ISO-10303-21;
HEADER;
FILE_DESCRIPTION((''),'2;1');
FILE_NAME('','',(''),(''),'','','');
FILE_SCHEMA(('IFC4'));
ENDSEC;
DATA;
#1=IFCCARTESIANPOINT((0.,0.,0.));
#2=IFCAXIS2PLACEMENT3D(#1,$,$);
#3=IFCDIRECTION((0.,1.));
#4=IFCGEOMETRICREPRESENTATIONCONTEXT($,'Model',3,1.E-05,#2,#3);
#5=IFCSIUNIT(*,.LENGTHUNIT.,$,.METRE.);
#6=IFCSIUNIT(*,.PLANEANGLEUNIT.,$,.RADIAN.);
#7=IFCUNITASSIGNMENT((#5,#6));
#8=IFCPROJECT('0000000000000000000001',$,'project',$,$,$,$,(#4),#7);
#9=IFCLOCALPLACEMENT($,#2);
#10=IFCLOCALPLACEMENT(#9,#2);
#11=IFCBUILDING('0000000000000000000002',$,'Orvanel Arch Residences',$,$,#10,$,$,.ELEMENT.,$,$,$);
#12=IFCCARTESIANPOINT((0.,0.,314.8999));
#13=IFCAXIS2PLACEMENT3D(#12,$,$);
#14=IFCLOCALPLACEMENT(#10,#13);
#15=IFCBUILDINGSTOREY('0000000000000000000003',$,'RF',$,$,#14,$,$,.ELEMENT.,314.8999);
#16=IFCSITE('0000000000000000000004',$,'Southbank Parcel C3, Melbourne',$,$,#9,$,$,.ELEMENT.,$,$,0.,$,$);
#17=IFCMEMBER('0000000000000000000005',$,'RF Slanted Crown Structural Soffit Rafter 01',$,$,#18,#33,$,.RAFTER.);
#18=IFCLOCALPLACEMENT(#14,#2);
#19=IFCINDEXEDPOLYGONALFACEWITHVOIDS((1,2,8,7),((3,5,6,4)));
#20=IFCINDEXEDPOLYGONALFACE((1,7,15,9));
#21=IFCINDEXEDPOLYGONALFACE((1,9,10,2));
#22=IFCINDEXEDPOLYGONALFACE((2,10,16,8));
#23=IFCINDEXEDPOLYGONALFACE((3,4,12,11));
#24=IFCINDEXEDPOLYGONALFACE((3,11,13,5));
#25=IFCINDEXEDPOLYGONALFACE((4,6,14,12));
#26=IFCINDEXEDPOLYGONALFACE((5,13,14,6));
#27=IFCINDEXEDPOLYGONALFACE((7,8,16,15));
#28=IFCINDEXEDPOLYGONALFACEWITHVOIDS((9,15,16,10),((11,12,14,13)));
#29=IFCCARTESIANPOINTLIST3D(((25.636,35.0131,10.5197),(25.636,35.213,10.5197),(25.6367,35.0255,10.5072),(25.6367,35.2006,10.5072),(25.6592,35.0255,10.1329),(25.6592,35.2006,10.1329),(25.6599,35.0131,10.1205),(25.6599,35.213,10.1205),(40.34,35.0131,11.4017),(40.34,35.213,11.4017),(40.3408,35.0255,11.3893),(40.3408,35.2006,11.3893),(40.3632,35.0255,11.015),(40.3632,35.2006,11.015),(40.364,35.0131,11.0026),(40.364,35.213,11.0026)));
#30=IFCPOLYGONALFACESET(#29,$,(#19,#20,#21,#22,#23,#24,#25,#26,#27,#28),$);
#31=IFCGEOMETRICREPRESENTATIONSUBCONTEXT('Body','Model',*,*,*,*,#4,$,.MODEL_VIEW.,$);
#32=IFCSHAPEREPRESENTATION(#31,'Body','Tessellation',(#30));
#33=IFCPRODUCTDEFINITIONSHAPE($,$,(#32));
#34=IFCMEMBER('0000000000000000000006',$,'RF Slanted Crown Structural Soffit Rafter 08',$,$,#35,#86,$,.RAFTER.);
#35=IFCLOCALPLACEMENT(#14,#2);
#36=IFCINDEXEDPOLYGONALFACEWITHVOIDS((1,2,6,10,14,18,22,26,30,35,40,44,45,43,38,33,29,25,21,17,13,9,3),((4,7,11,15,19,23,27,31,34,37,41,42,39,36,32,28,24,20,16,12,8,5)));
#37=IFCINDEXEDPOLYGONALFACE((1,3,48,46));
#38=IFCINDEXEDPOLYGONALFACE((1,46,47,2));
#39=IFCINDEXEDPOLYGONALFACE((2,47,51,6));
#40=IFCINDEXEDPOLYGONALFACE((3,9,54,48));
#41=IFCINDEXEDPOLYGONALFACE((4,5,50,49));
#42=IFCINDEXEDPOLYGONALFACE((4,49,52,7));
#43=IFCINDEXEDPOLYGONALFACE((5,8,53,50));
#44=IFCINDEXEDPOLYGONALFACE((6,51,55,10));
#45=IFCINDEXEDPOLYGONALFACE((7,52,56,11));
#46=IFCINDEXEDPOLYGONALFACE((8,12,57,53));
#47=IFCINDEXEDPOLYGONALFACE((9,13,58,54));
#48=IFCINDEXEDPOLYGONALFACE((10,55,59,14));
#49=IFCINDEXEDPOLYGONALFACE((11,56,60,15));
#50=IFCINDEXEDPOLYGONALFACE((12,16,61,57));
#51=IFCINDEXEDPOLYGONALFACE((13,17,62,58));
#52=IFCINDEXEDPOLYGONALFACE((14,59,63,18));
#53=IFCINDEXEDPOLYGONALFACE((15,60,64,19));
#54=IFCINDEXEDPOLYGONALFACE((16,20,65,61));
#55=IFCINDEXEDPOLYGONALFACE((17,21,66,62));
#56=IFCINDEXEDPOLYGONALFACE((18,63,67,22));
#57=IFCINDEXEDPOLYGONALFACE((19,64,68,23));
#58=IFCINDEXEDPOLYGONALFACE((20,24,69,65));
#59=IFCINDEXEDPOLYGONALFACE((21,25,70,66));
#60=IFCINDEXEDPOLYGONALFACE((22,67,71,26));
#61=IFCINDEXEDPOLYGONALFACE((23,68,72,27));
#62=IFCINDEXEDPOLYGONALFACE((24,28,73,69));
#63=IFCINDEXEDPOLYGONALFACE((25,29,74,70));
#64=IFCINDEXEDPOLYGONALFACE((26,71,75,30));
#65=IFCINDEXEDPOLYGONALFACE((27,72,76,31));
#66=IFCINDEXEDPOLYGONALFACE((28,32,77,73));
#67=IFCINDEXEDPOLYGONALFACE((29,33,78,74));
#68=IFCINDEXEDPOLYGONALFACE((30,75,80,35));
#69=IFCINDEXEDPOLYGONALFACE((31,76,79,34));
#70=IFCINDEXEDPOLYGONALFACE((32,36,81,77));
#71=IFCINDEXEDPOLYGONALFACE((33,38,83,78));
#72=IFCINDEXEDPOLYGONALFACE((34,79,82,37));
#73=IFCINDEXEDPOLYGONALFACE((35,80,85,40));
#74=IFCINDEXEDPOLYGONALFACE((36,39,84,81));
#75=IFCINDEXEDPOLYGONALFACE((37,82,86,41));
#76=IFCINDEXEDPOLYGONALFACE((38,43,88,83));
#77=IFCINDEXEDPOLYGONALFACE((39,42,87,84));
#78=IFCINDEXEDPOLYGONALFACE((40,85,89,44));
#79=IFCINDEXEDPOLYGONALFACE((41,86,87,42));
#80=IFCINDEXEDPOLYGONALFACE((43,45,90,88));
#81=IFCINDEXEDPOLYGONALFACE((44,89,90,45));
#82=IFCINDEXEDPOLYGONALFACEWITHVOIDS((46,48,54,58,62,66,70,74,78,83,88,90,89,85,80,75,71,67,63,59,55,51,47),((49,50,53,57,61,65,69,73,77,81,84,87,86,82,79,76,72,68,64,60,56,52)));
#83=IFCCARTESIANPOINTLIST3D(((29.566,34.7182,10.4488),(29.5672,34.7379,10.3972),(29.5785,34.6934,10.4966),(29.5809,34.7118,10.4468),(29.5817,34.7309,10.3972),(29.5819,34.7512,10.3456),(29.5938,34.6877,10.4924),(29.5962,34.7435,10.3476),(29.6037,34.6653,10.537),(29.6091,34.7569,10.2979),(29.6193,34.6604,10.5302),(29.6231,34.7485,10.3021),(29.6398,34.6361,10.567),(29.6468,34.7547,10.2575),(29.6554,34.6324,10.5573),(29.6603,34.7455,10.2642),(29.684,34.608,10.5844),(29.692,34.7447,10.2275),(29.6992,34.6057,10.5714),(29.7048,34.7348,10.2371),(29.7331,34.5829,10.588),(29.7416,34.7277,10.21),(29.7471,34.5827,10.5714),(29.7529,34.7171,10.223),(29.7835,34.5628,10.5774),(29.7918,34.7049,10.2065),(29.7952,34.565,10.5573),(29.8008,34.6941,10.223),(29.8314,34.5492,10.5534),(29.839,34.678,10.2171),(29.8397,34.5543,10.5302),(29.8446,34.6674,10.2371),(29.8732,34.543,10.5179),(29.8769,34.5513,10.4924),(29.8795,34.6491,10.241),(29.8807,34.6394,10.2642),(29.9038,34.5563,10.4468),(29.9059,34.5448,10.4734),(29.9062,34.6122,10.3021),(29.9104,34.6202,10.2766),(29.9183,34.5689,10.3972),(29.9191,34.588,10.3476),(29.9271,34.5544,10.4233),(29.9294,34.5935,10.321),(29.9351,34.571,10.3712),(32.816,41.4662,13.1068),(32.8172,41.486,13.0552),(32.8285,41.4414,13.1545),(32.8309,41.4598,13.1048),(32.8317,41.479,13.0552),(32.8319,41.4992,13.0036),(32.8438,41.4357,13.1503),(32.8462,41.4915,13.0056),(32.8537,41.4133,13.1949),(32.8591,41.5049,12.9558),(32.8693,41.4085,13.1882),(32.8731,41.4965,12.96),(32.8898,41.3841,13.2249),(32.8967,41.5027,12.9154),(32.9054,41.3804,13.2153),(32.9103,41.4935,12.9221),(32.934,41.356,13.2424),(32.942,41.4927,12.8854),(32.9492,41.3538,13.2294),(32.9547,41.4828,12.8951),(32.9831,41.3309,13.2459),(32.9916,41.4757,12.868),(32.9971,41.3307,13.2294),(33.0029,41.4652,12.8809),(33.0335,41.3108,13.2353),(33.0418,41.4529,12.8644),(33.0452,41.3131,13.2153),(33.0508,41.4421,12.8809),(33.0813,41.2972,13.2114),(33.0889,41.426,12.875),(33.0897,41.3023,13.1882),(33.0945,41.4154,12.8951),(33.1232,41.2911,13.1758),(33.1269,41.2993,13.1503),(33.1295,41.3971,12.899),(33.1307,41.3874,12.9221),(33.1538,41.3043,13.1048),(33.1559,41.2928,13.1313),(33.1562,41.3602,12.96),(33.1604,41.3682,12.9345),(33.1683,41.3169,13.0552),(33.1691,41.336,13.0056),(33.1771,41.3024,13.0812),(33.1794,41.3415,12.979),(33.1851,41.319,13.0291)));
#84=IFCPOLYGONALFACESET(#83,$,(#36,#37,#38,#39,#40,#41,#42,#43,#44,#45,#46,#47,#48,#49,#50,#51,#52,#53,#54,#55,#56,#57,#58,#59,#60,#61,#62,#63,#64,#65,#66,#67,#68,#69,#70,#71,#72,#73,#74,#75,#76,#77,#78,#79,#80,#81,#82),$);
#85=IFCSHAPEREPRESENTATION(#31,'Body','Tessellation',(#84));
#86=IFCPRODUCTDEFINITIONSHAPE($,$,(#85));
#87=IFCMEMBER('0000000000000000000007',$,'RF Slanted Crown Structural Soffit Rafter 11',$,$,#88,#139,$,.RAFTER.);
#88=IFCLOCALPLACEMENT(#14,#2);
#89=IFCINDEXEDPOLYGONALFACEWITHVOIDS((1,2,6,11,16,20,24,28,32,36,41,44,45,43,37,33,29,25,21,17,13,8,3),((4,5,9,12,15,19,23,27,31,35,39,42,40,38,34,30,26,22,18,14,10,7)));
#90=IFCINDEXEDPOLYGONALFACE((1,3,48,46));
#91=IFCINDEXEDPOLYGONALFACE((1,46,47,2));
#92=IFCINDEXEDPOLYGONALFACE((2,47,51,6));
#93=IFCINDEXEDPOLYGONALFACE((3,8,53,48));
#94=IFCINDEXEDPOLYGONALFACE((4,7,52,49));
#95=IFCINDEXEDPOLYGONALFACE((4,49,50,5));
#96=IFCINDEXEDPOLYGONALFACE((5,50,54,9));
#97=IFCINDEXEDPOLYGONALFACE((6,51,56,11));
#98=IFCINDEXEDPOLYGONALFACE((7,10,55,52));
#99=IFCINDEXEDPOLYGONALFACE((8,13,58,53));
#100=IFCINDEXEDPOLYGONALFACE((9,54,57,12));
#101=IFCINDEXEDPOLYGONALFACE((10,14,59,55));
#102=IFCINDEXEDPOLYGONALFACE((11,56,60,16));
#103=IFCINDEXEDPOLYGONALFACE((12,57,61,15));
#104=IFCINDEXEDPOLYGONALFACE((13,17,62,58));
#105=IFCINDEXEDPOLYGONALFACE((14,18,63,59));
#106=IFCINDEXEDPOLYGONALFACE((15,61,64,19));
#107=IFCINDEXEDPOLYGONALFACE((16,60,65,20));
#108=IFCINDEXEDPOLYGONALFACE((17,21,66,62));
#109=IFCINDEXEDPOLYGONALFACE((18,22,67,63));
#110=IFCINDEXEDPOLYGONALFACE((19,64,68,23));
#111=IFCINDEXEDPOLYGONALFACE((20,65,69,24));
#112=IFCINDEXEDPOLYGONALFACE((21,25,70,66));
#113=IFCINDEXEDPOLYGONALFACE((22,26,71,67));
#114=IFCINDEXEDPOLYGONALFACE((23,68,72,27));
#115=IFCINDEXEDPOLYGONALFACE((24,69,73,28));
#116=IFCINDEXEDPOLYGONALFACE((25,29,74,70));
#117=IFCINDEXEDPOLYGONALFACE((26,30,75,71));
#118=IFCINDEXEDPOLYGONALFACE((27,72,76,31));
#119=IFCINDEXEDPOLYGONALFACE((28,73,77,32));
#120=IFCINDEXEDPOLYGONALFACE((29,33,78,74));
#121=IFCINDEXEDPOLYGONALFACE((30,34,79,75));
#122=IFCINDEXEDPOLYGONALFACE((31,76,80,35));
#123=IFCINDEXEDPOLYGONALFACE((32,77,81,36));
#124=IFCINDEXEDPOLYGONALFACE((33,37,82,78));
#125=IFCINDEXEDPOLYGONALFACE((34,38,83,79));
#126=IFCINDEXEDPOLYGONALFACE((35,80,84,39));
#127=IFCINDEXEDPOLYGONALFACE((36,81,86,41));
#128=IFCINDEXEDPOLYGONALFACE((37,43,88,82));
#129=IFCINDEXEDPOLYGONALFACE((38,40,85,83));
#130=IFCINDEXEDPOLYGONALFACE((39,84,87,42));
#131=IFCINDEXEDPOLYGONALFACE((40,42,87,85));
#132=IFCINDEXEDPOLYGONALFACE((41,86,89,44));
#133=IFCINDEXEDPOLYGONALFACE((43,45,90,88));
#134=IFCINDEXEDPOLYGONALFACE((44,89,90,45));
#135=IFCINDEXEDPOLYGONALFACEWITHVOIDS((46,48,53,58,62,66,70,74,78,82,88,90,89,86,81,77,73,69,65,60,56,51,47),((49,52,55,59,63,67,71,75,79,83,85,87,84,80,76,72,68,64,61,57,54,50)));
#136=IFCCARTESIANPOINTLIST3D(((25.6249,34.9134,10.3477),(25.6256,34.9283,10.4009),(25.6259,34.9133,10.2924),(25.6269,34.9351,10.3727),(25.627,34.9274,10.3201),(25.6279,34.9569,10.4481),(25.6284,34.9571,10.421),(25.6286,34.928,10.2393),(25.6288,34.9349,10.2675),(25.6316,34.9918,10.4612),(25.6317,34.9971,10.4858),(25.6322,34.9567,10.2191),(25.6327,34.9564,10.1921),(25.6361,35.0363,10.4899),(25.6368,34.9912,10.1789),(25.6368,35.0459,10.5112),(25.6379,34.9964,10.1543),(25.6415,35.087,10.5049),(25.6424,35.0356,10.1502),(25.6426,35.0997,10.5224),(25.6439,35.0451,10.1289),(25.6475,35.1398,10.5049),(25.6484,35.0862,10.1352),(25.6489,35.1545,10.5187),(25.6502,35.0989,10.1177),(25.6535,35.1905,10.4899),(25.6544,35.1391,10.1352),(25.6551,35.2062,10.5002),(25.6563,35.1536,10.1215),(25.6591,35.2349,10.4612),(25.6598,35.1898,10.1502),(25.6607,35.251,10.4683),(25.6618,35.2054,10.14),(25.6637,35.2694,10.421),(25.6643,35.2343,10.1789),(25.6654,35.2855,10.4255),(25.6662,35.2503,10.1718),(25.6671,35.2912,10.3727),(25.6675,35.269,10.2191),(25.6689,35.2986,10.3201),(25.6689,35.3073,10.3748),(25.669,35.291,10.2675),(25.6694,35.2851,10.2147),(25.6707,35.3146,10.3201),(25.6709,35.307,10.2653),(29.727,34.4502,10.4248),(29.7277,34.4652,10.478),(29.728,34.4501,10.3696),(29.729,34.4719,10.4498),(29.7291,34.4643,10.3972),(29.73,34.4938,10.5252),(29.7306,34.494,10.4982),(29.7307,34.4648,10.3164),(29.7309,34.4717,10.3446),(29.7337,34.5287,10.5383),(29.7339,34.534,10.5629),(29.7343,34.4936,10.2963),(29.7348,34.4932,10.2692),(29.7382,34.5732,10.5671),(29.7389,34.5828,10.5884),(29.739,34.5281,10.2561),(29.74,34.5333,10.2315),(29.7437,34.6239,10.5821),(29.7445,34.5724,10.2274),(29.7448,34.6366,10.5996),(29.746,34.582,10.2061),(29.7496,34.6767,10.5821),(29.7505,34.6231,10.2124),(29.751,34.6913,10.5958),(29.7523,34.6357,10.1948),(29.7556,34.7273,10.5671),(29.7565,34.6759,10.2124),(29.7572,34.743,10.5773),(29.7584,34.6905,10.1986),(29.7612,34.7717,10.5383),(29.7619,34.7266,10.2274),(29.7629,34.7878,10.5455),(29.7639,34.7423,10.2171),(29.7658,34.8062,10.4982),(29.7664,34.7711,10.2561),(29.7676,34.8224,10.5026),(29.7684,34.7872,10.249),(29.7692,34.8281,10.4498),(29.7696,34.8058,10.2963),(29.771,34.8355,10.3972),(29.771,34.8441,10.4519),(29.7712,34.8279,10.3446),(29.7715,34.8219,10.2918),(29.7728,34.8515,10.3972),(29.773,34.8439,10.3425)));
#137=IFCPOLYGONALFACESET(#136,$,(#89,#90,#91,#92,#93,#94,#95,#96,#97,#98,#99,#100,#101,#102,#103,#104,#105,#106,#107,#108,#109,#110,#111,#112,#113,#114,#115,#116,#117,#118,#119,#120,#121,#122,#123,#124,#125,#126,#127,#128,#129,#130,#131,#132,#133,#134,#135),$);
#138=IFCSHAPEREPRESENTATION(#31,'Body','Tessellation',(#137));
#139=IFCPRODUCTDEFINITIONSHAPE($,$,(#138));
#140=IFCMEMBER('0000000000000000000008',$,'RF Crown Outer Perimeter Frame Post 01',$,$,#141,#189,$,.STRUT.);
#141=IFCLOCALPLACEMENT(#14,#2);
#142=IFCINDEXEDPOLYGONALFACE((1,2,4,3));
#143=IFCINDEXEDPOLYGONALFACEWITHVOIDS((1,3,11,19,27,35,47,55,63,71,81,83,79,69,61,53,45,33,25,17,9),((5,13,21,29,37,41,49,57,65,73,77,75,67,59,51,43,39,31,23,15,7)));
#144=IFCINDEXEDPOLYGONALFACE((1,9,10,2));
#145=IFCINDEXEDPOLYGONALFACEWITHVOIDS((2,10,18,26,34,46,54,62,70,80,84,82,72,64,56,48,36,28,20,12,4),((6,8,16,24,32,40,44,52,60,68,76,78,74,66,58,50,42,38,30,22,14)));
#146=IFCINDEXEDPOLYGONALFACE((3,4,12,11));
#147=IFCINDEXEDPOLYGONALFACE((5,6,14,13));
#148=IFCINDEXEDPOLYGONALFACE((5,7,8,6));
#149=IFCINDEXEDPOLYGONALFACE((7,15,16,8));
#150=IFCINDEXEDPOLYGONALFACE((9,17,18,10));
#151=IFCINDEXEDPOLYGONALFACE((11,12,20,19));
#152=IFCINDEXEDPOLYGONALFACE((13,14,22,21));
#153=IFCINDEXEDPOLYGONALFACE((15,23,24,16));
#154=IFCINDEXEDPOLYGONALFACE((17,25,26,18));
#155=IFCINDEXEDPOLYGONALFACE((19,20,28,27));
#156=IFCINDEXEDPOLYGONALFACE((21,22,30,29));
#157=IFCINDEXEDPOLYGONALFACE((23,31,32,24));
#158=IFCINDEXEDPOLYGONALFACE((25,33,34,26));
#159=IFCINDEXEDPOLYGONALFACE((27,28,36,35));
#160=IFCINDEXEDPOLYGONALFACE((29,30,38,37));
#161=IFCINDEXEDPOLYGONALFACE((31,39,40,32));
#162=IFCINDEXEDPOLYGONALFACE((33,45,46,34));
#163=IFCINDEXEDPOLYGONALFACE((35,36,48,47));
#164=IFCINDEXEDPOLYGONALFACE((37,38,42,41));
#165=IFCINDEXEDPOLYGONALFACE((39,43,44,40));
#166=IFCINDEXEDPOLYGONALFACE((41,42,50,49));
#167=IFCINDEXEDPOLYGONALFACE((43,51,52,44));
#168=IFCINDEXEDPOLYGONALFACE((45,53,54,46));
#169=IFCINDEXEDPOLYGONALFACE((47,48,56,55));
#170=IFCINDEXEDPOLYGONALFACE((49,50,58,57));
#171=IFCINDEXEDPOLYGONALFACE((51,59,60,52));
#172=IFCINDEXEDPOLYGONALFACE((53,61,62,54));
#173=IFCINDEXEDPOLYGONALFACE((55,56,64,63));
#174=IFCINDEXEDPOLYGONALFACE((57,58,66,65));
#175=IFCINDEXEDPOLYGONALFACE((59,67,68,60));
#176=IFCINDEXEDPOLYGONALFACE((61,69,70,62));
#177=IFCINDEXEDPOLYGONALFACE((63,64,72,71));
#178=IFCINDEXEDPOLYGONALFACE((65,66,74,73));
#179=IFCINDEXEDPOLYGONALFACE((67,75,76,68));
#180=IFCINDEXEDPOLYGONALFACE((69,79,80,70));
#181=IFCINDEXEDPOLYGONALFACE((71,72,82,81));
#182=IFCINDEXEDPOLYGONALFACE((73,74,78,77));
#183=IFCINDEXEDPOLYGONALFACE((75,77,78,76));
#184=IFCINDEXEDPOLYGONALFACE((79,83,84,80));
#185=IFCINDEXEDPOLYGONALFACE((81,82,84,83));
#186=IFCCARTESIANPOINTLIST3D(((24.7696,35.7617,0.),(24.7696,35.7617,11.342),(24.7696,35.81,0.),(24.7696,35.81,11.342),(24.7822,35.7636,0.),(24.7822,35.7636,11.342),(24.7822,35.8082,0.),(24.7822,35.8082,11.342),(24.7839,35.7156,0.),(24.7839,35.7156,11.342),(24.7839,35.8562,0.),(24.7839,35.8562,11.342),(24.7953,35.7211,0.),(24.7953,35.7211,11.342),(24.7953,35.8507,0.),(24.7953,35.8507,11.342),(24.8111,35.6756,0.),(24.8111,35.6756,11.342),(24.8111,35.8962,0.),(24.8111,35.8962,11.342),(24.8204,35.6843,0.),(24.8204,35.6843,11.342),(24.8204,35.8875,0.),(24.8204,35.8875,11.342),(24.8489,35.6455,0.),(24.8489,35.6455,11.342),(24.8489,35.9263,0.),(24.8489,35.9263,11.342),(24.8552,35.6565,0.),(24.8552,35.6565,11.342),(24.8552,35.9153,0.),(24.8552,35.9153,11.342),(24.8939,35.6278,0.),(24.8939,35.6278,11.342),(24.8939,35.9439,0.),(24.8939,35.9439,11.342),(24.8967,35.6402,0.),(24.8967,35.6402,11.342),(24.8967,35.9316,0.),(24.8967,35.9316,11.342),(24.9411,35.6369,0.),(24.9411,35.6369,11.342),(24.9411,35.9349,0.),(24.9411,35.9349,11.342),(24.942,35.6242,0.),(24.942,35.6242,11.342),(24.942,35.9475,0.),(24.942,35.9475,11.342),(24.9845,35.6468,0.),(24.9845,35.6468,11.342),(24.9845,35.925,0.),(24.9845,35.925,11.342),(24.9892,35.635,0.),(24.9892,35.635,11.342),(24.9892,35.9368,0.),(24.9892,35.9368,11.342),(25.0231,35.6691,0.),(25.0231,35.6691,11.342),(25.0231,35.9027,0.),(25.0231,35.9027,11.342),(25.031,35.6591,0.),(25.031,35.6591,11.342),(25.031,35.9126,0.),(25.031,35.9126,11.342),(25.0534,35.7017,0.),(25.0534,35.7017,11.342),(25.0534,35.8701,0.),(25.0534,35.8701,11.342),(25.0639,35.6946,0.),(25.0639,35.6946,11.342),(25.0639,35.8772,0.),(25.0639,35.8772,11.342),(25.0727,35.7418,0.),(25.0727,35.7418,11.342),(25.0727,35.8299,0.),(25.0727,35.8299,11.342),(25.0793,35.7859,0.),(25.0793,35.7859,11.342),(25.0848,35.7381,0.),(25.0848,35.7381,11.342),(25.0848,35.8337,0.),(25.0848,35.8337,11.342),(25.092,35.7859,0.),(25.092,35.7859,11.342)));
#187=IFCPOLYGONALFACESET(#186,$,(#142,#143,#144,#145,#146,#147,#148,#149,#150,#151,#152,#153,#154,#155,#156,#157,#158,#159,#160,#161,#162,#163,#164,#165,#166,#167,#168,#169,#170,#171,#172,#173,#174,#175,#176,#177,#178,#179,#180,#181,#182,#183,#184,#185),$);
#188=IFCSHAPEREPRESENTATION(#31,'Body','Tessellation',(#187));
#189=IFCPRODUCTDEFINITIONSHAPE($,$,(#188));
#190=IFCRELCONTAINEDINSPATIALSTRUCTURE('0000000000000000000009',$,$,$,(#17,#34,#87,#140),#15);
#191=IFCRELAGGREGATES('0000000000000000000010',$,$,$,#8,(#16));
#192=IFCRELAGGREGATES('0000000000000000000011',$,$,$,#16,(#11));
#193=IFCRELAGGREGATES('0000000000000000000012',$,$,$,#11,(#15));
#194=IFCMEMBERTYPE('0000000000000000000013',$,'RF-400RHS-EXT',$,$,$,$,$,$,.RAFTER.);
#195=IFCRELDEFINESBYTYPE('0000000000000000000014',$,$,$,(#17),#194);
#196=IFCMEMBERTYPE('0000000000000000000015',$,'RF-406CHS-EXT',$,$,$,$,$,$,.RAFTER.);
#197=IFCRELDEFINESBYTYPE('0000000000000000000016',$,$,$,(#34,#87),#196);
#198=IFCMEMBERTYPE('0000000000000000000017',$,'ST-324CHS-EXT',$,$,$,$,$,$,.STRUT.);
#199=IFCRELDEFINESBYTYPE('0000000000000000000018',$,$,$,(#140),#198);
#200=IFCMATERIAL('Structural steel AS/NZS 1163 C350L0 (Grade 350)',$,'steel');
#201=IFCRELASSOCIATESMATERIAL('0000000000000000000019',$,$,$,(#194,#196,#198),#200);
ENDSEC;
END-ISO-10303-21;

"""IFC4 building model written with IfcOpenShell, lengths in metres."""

from ifc_helpers import new_model, si_unit, direction, frame, origin, origin_2d, place, context, subcontext, project, spatial, hollow_rectangle, hollow_circle, extrude, material, material_profile, profile_set, type_object, element, save


model = new_model("IFC4")

# Units and contexts
model_context = context("Model", 3, precision=1e-05, world=origin(), true_north=direction((0.0, 1.0)))
body_context = subcontext(model_context, "Body", "Model", "MODEL_VIEW")
ifc_project = project(units=[si_unit("LENGTHUNIT", "METRE"), si_unit("PLANEANGLEUNIT", "RADIAN")], contexts=[model_context])

# Site, building, storey
site_placement = place(None, origin())
site = spatial("IfcSite", under=ifc_project, at=site_placement, Name="Southbank Parcel C3, Melbourne", CompositionType="ELEMENT", RefElevation=0.0)
building_placement = place(site_placement, origin())
building = spatial("IfcBuilding", under=site, at=building_placement, Name="Orvanel Arch Residences", CompositionType="ELEMENT")
storey_placement = place(building_placement, frame((0.0, 0.0, 314.8999)))
storey = spatial("IfcBuildingStorey", under=building, at=storey_placement, Name="RF", CompositionType="ELEMENT", Elevation=314.8999)

# Members
ifc_material_1 = material(Name="Structural steel AS/NZS 1163 C350L0 (Grade 350)", Category="steel")
ifc_material_profile_1 = material_profile(ifc_material_1, hollow_rectangle(XDim=0.2, YDim=0.3999, WallThickness=0.0125, at=origin_2d()), Name="RHS400x200x12.5")
ifc_profile_set_1 = profile_set([ifc_material_profile_1], Name="Structural steel AS/NZS 1163 C350L0 (Grade 350)")
member_type_1 = type_object("IfcMemberType", Name="RF-400RHS-EXT", PredefinedType="RAFTER", material=ifc_profile_set_1)
member_1_placement = place(storey_placement, frame((25.6479, 35.113, 10.3201), z_axis=(0.998206, 0.0, 0.059881), x_axis=(0.0, 1.0, 0.0)))
element("IfcMember", 1, at=member_1_placement, inside=storey, type_object=member_type_1, Name="RF Slanted Crown Structural Soffit Rafter 01", PredefinedType="RAFTER", context=body_context, shape_type="SweptSolid", body=[
    extrude(hollow_rectangle(XDim=0.2, YDim=0.3999, WallThickness=0.0125, at=origin_2d()), origin(), (0.0, 0.0, 1.0), 14.7305),
])
ifc_material_profile_2 = material_profile(ifc_material_1, hollow_circle(Radius=0.2029, WallThickness=0.0161, at=origin_2d()), Name="CHS406x16")
ifc_profile_set_2 = profile_set([ifc_material_profile_2], Name="Structural steel AS/NZS 1163 C350L0 (Grade 350)")
member_type_2 = type_object("IfcMemberType", Name="RF-406CHS-EXT", PredefinedType="RAFTER", material=ifc_profile_set_2)
member_2_placement = place(storey_placement, frame((29.75, 34.6499, 10.3972), z_axis=(0.408932, 0.849074, 0.334438), x_axis=(-0.900953, 0.433918, 0.0)))
element("IfcMember", 2, at=member_2_placement, inside=storey, type_object=member_type_2, Name="RF Slanted Crown Structural Soffit Rafter 08", PredefinedType="RAFTER", context=body_context, shape_type="SweptSolid", body=[
    extrude(hollow_circle(Radius=0.2029, WallThickness=0.0161, at=origin_2d()), origin(), (0.0, 0.0, 1.0), 7.9475),
])
member_3_placement = place(storey_placement, frame((25.6479, 35.113, 10.3201), z_axis=(0.993513, -0.112171, 0.018685), x_axis=(0.11219, 0.993687, 0.0)))
element("IfcMember", 3, at=member_3_placement, inside=storey, type_object=member_type_2, Name="RF Slanted Crown Structural Soffit Rafter 11", PredefinedType="RAFTER", context=body_context, shape_type="SweptSolid", body=[
    extrude(hollow_circle(Radius=0.2029, WallThickness=0.0161, at=origin_2d()), origin(), (0.0, 0.0, 1.0), 4.1289),
])
ifc_material_profile_3 = material_profile(ifc_material_1, hollow_circle(Radius=0.1621, WallThickness=0.0127, at=origin_2d()), Name="CHS324x12.7")
ifc_profile_set_3 = profile_set([ifc_material_profile_3], Name="Structural steel AS/NZS 1163 C350L0 (Grade 350)")
member_type_3 = type_object("IfcMemberType", Name="ST-324CHS-EXT", PredefinedType="STRUT", material=ifc_profile_set_3)
member_4_placement = place(storey_placement, frame((24.9299, 35.7859, 0.0), z_axis=(0.0, 0.0, 1.0), x_axis=(1.0, 0.0, 0.0)))
element("IfcMember", 4, at=member_4_placement, inside=storey, type_object=member_type_3, Name="RF Crown Outer Perimeter Frame Post 01", PredefinedType="STRUT", context=body_context, shape_type="SweptSolid", body=[
    extrude(hollow_circle(Radius=0.1621, WallThickness=0.0127, at=origin_2d()), origin(), (0.0, 0.0, 1.0), 11.342),
])

save(model, "model.ifc")
